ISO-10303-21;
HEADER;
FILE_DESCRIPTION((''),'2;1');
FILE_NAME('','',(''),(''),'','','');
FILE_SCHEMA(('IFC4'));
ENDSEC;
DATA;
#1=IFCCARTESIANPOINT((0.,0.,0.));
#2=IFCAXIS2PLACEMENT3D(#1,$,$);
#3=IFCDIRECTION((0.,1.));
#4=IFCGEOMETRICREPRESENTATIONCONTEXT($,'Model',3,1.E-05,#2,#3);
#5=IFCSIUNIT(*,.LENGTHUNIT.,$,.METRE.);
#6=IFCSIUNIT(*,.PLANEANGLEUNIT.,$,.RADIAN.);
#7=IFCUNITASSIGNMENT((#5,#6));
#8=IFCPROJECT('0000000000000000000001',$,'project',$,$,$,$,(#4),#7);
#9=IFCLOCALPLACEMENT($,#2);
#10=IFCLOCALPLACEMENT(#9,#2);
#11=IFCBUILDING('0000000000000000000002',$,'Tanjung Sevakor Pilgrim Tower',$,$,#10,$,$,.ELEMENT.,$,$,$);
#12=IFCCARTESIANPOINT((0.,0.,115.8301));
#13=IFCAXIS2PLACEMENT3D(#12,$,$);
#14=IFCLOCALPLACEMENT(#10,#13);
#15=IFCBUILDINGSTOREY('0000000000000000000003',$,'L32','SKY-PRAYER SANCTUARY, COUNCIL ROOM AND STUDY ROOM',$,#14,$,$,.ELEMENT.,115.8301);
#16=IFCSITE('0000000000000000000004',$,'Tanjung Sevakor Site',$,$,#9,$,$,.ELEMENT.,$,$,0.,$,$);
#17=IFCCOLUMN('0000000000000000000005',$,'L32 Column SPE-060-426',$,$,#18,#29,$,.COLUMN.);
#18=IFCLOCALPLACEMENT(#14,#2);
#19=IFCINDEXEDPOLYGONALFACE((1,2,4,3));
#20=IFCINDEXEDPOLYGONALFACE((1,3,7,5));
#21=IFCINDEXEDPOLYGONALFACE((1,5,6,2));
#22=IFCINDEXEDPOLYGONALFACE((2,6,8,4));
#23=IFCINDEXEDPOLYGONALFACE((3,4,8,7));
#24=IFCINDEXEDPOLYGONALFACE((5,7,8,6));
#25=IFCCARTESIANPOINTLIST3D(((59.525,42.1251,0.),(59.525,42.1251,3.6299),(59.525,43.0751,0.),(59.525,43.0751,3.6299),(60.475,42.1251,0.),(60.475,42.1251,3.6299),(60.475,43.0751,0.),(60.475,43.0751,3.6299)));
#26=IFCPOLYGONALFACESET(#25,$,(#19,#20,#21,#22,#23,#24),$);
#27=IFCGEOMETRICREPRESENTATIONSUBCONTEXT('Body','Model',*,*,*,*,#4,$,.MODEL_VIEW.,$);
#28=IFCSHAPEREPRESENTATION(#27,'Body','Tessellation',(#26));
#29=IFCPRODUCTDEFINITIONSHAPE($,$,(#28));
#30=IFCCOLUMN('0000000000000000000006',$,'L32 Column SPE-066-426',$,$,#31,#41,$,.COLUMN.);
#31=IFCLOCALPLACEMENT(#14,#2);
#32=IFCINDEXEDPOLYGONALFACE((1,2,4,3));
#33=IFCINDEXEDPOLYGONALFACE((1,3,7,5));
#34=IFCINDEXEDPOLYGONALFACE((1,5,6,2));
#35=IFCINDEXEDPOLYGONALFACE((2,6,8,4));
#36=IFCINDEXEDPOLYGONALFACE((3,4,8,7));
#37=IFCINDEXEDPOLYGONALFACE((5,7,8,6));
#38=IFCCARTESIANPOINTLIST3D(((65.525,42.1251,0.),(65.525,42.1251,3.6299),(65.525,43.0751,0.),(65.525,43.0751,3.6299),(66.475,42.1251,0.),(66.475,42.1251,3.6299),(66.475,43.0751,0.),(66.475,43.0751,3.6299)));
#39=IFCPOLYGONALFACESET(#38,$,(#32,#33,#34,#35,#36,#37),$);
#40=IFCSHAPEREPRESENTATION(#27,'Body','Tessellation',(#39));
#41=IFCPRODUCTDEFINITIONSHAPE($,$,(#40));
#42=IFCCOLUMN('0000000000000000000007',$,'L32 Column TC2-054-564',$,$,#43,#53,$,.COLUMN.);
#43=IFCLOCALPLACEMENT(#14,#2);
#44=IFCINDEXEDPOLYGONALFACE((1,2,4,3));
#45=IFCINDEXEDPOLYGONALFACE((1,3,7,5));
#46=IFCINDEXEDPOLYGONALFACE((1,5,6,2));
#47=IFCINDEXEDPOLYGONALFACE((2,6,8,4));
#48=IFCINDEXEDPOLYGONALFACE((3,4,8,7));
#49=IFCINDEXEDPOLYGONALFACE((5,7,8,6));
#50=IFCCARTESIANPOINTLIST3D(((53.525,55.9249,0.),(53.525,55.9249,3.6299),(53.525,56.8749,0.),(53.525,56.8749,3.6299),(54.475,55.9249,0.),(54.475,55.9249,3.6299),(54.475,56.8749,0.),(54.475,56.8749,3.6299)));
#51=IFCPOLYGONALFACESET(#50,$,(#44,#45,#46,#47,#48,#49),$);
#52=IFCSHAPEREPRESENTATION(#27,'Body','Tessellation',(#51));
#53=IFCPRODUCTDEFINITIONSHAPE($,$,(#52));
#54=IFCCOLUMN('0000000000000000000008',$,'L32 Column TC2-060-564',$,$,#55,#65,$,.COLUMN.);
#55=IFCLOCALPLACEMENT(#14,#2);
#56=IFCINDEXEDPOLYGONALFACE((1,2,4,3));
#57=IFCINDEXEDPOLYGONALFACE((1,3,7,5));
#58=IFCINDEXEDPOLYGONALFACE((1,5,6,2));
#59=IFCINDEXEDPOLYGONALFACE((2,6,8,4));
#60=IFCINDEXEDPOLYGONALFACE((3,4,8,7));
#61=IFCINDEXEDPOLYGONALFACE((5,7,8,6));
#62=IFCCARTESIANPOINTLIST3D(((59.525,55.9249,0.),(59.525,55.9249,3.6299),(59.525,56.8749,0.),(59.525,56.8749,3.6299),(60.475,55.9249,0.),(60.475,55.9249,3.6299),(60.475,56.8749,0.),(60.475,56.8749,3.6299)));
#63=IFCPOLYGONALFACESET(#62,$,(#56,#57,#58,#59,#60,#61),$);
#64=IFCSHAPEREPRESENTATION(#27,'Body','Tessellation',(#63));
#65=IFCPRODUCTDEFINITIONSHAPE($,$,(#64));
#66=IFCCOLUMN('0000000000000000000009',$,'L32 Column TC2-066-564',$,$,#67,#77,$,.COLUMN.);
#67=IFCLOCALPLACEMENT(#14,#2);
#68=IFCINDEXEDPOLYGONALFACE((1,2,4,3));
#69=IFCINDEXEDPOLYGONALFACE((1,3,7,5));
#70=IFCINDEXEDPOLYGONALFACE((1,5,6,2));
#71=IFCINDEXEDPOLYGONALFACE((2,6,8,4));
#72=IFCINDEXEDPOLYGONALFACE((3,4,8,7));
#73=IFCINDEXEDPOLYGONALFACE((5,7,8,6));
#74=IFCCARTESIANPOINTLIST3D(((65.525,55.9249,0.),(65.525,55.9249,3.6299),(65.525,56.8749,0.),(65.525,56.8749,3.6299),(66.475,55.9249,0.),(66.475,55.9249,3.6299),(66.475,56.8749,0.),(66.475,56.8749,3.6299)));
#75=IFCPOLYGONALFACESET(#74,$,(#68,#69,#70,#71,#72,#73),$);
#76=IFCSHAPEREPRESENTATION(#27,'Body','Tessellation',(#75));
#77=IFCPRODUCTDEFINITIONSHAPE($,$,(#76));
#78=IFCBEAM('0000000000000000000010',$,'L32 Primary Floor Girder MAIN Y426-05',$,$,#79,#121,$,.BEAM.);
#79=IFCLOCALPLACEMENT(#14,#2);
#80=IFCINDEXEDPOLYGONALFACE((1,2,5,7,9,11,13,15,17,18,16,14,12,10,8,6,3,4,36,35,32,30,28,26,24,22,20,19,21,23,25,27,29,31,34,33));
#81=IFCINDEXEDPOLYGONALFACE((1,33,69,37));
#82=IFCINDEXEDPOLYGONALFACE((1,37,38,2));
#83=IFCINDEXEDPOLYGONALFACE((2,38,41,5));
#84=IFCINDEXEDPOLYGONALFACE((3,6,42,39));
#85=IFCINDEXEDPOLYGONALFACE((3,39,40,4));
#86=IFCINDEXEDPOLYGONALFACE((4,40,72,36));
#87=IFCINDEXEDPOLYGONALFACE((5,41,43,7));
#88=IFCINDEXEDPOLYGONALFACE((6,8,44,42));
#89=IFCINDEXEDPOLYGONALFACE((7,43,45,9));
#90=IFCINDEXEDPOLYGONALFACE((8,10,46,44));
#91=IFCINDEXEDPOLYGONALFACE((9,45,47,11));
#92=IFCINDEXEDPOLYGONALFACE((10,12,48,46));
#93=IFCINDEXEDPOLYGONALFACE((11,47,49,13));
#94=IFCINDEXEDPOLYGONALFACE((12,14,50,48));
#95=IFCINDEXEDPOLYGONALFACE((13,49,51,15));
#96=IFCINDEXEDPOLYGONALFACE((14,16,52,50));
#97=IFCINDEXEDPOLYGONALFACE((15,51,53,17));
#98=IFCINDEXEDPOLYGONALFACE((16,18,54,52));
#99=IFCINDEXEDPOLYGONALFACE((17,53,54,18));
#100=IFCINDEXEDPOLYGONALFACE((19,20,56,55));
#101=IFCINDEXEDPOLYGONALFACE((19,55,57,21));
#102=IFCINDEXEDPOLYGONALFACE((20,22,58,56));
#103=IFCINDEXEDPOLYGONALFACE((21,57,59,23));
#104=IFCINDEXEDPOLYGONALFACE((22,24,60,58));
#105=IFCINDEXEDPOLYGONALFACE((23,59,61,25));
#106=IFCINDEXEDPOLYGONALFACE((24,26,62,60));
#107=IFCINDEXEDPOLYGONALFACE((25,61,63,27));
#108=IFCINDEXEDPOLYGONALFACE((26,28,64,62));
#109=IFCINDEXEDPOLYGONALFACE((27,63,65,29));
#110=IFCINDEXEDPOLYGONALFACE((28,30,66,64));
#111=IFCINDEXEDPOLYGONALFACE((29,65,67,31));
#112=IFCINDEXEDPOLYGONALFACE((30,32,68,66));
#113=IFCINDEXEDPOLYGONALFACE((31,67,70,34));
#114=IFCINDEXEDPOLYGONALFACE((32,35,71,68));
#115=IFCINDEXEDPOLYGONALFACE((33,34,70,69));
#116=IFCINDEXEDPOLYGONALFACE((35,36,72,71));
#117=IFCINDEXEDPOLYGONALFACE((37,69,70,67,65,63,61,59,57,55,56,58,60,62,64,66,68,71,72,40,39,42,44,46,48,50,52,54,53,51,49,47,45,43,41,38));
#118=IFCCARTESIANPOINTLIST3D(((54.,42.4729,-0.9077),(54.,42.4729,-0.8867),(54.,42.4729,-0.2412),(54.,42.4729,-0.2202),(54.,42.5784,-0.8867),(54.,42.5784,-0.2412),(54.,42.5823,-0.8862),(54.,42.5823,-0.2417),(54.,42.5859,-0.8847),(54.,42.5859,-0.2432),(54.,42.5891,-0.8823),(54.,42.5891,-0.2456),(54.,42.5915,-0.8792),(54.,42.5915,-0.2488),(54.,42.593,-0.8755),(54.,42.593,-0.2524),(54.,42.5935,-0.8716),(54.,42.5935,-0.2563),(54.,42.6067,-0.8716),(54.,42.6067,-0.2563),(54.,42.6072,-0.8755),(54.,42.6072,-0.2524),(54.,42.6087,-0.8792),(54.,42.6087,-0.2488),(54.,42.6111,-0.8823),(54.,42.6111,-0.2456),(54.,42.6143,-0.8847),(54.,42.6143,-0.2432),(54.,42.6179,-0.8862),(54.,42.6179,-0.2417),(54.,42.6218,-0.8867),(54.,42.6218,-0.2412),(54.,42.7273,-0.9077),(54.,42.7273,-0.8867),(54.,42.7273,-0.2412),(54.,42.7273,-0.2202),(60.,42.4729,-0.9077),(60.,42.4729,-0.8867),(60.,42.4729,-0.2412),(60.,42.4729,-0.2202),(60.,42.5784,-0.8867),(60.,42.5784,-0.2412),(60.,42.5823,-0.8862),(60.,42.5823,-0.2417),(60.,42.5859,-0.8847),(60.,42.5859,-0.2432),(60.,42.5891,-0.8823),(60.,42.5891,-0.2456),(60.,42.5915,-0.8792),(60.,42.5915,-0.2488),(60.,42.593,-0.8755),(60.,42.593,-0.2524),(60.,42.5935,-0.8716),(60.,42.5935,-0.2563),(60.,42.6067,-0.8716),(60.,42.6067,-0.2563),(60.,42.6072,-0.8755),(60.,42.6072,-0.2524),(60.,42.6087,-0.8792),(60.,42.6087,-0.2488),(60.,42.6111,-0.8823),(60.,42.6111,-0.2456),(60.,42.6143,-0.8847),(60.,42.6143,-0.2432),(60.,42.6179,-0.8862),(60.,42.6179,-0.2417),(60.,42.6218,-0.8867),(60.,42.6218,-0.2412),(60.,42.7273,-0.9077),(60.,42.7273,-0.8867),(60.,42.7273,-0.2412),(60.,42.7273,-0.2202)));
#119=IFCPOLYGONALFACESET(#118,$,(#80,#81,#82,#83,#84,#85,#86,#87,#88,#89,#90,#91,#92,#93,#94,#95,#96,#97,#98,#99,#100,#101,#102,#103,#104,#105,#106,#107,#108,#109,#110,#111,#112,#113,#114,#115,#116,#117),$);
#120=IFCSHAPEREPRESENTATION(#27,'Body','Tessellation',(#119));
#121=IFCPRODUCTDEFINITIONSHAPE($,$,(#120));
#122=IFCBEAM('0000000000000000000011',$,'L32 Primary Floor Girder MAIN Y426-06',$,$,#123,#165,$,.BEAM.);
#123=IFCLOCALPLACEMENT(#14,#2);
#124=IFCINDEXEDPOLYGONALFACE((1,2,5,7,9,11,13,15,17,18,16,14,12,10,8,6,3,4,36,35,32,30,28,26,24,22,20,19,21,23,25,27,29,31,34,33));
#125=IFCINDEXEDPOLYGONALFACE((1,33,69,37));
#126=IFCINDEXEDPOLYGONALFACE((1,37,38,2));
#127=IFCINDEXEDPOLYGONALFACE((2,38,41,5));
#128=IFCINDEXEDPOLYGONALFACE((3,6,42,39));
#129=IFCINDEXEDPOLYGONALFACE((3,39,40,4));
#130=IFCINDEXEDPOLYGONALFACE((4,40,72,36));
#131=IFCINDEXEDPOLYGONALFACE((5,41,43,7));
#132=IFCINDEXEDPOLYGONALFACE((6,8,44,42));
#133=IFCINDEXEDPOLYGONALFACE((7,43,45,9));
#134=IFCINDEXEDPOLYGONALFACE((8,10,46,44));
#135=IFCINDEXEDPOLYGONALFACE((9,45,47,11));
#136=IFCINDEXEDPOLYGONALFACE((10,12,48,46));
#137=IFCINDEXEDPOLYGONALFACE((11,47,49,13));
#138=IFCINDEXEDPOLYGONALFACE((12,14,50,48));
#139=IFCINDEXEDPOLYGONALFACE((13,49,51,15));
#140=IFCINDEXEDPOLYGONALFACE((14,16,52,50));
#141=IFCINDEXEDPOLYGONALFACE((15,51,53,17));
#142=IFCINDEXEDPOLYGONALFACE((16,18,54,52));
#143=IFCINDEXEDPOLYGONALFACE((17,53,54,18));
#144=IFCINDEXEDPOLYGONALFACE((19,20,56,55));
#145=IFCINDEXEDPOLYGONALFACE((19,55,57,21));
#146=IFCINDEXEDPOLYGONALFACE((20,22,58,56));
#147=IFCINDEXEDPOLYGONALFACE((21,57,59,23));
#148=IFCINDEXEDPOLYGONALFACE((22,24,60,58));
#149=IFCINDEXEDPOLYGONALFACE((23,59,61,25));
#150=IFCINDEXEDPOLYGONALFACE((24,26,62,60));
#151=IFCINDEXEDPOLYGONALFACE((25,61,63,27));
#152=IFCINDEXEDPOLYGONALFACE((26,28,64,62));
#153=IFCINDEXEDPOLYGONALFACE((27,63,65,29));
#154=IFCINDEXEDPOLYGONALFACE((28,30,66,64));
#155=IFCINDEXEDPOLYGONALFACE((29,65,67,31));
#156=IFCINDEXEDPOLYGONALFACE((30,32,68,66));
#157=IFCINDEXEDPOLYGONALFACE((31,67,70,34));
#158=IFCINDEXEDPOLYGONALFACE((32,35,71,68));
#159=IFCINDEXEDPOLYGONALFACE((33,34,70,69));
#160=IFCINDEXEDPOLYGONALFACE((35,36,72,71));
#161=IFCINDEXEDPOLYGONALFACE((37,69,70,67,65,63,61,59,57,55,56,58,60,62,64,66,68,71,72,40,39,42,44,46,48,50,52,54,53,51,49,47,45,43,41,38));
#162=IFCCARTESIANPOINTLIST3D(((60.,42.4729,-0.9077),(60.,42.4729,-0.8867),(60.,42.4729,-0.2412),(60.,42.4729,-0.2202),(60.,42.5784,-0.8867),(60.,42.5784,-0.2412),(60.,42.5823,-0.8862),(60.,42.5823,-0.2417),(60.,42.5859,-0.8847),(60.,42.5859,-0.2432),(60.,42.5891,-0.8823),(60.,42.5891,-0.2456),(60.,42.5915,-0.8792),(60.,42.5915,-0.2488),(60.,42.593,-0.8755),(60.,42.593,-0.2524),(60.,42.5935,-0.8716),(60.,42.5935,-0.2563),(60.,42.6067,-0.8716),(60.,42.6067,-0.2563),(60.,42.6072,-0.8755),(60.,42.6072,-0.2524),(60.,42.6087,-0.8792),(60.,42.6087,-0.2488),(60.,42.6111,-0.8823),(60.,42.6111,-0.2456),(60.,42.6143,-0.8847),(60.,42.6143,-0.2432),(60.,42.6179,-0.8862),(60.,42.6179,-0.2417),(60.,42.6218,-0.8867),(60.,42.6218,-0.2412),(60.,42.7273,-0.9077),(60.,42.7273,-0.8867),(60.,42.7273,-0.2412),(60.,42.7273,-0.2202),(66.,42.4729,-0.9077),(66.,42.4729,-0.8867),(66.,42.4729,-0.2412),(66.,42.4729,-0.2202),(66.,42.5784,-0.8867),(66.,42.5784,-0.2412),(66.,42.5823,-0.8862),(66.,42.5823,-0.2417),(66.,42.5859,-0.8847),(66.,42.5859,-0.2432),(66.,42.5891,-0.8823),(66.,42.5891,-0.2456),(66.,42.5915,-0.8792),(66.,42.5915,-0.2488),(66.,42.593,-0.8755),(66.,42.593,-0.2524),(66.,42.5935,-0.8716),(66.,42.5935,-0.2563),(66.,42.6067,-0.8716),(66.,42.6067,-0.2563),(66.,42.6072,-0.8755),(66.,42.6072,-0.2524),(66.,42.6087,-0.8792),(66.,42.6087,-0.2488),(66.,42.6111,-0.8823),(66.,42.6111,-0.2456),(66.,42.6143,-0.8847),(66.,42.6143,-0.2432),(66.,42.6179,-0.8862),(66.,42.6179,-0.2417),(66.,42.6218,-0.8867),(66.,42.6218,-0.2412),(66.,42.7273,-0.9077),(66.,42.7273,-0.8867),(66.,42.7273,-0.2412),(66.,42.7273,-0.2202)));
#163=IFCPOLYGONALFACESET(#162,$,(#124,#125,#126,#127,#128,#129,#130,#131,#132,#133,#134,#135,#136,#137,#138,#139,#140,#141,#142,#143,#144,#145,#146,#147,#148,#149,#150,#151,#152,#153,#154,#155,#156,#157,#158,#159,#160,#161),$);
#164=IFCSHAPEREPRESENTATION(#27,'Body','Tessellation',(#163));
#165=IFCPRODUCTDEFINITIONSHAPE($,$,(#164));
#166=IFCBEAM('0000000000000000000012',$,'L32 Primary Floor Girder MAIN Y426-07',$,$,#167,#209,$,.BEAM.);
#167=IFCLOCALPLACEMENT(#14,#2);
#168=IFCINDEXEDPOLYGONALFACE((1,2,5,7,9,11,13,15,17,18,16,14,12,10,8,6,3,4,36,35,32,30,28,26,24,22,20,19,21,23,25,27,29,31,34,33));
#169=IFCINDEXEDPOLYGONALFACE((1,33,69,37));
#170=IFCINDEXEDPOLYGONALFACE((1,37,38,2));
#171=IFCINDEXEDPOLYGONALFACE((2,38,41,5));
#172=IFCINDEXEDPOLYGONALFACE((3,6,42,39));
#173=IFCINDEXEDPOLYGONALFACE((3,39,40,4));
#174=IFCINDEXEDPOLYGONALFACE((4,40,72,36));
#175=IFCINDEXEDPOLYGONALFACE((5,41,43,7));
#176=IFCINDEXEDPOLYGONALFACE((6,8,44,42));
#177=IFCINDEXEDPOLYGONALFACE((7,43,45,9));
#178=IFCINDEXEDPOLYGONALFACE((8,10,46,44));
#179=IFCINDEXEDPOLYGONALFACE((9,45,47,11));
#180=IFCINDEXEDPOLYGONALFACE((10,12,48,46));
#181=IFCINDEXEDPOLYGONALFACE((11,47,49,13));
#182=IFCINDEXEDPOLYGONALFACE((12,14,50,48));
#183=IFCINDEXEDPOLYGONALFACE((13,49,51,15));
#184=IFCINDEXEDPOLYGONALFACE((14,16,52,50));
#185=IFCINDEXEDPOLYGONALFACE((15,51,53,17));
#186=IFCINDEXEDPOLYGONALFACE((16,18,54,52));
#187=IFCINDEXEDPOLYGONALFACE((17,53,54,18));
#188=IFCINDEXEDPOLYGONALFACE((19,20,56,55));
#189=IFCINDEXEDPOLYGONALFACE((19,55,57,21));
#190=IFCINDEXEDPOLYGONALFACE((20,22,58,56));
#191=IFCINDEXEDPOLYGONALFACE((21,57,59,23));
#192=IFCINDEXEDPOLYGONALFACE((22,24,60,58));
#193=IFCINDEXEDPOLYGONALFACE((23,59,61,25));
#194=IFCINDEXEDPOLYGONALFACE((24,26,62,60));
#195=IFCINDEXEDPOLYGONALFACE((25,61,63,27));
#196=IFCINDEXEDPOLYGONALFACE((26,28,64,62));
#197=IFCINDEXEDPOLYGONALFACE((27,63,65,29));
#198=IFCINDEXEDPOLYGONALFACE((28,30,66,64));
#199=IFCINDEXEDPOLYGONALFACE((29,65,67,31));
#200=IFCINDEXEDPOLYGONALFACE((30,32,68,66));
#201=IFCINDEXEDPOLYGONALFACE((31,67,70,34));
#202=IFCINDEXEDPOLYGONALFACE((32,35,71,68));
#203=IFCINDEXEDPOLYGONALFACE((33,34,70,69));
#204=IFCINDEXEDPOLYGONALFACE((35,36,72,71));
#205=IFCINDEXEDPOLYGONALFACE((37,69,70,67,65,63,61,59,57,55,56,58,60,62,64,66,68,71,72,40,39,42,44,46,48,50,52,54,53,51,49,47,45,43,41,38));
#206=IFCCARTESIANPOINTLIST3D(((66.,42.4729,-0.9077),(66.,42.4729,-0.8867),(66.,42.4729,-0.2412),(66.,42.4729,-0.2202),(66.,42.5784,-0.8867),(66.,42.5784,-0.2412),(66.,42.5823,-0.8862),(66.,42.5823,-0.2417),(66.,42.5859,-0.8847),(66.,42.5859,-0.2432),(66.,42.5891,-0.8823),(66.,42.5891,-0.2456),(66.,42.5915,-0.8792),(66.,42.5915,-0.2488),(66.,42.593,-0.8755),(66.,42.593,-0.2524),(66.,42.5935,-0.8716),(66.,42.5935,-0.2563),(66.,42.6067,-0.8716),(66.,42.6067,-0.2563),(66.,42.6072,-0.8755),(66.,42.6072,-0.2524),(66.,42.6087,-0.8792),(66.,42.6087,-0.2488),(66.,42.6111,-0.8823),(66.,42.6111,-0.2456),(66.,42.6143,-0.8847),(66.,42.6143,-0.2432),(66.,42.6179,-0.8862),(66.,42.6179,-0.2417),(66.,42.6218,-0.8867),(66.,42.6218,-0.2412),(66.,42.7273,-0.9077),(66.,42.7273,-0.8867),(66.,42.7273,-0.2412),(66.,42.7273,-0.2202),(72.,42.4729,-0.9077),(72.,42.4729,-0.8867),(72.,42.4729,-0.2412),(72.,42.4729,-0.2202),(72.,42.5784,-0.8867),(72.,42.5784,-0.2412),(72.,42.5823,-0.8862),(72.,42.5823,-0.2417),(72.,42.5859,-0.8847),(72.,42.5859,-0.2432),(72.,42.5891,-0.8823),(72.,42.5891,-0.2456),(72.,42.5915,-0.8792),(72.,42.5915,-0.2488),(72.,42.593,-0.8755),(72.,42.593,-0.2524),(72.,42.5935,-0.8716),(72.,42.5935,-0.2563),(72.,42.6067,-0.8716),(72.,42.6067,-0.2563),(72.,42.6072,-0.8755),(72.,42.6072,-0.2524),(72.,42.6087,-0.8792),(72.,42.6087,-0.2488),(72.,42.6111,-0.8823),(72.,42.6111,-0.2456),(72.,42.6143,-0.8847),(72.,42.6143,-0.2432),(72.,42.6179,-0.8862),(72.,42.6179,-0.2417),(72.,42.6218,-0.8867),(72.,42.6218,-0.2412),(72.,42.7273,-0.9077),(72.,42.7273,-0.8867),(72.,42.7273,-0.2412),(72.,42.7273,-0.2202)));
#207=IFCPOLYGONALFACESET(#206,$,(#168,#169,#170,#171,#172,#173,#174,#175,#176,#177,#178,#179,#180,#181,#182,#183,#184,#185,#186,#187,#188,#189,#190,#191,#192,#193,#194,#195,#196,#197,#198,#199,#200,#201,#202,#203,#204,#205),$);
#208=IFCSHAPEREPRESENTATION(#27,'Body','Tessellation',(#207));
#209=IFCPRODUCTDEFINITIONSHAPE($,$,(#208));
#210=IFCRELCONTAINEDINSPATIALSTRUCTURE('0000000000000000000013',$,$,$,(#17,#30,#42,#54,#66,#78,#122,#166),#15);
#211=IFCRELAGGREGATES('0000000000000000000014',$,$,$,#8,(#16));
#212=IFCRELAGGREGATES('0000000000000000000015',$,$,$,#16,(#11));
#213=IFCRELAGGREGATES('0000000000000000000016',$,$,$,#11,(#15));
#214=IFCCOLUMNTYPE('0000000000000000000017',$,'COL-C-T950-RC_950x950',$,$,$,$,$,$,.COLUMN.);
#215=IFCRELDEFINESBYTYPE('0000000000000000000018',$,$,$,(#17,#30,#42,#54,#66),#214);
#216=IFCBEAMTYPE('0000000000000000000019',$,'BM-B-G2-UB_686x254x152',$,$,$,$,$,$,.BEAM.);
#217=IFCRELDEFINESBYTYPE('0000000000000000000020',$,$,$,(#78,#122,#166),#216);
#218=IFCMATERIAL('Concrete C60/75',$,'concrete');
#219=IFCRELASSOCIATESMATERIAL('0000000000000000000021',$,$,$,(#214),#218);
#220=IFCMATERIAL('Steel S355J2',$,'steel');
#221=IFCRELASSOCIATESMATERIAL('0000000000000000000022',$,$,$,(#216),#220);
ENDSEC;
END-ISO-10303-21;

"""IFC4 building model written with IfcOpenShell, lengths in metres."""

from ifc_helpers import new_model, si_unit, direction, frame, origin, origin_2d, place, context, subcontext, project, spatial, rectangle, i_section, extrude, material, material_profile, profile_set, type_object, element, save


model = new_model("IFC4")

# Units and contexts
model_context = context("Model", 3, precision=1e-05, world=origin(), true_north=direction((0.0, 1.0)))
body_context = subcontext(model_context, "Body", "Model", "MODEL_VIEW")
ifc_project = project(units=[si_unit("LENGTHUNIT", "METRE"), si_unit("PLANEANGLEUNIT", "RADIAN")], contexts=[model_context])

# Site, building, storey
site_placement = place(None, origin())
site = spatial("IfcSite", under=ifc_project, at=site_placement, Name="Tanjung Sevakor Site", CompositionType="ELEMENT", RefElevation=0.0)
building_placement = place(site_placement, origin())
building = spatial("IfcBuilding", under=site, at=building_placement, Name="Tanjung Sevakor Pilgrim Tower", CompositionType="ELEMENT")
storey_placement = place(building_placement, frame((0.0, 0.0, 115.8301)))
storey = spatial("IfcBuildingStorey", under=building, at=storey_placement, Name="L32", Description="SKY-PRAYER SANCTUARY, COUNCIL ROOM AND STUDY ROOM", CompositionType="ELEMENT", Elevation=115.8301)

# Columns
ifc_material_1 = material(Name="Concrete C60/75", Category="concrete")
ifc_material_profile_1 = material_profile(ifc_material_1, rectangle(XDim=0.95, YDim=0.95, at=origin_2d()))
ifc_profile_set_1 = profile_set([ifc_material_profile_1], Name="Concrete C60/75")
column_type = type_object("IfcColumnType", Name="COL-C-T950-RC_950x950", PredefinedType="COLUMN", material=ifc_profile_set_1)
for number, where, z_axis, x_axis, name in (
    (1, (60.0, 42.6001, 0.0), (0.0, 0.0, 1.0), (1.0, 0.0, 0.0), "L32 Column SPE-060-426"),
    (2, (66.0, 42.6001, 0.0), (0.0, 0.0, 1.0), (1.0, 0.0, 0.0), "L32 Column SPE-066-426"),
    (3, (54.0, 56.3999, 0.0), (0.0, 0.0, 1.0), (1.0, 0.0, 0.0), "L32 Column TC2-054-564"),
    (4, (60.0, 56.3999, 0.0), (0.0, 0.0, 1.0), (1.0, 0.0, 0.0), "L32 Column TC2-060-564"),
    (5, (66.0, 56.3999, 0.0), (0.0, 0.0, 1.0), (1.0, 0.0, 0.0), "L32 Column TC2-066-564"),
):
    element("IfcColumn", number, at=place(storey_placement, frame(where, z_axis=z_axis, x_axis=x_axis)), inside=storey, type_object=column_type, Name=name, PredefinedType="COLUMN", context=body_context, shape_type="SweptSolid", body=[
        extrude(rectangle(XDim=0.95, YDim=0.95, at=origin_2d()), origin(), (0.0, 0.0, 1.0), 3.6299),
    ])

# Beams
ifc_material_2 = material(Name="Steel S355J2", Category="steel")
ifc_material_profile_2 = material_profile(ifc_material_2, i_section(OverallWidth=0.2544, OverallDepth=0.6875, WebThickness=0.0132, FlangeThickness=0.021, FilletRadius=0.0151, at=origin_2d()))
ifc_profile_set_2 = profile_set([ifc_material_profile_2], Name="Steel S355J2")
beam_type_1 = type_object("IfcBeamType", Name="BM-B-G2-UB_686x254x152", PredefinedType="BEAM", material=ifc_profile_set_2)
for number, where, z_axis, x_axis, name in (
    (6, (54.0, 42.6001, -0.564), (1.0, 0.0, 0.0), (0.0, 1.0, 0.0), "L32 Primary Floor Girder MAIN Y426-05"),
    (7, (60.0, 42.6001, -0.564), (1.0, 0.0, 0.0), (0.0, 1.0, 0.0), "L32 Primary Floor Girder MAIN Y426-06"),
    (8, (66.0, 42.6001, -0.564), (1.0, 0.0, 0.0), (0.0, 1.0, 0.0), "L32 Primary Floor Girder MAIN Y426-07"),
):
    element("IfcBeam", number, at=place(storey_placement, frame(where, z_axis=z_axis, x_axis=x_axis)), inside=storey, type_object=beam_type_1, Name=name, PredefinedType="BEAM", context=body_context, shape_type="SweptSolid", body=[
        extrude(i_section(OverallWidth=0.2544, OverallDepth=0.6875, WebThickness=0.0132, FlangeThickness=0.021, FilletRadius=0.0151, at=origin_2d()), origin(), (0.0, 0.0, 1.0), 6.0),
    ])

save(model, "model.ifc")
